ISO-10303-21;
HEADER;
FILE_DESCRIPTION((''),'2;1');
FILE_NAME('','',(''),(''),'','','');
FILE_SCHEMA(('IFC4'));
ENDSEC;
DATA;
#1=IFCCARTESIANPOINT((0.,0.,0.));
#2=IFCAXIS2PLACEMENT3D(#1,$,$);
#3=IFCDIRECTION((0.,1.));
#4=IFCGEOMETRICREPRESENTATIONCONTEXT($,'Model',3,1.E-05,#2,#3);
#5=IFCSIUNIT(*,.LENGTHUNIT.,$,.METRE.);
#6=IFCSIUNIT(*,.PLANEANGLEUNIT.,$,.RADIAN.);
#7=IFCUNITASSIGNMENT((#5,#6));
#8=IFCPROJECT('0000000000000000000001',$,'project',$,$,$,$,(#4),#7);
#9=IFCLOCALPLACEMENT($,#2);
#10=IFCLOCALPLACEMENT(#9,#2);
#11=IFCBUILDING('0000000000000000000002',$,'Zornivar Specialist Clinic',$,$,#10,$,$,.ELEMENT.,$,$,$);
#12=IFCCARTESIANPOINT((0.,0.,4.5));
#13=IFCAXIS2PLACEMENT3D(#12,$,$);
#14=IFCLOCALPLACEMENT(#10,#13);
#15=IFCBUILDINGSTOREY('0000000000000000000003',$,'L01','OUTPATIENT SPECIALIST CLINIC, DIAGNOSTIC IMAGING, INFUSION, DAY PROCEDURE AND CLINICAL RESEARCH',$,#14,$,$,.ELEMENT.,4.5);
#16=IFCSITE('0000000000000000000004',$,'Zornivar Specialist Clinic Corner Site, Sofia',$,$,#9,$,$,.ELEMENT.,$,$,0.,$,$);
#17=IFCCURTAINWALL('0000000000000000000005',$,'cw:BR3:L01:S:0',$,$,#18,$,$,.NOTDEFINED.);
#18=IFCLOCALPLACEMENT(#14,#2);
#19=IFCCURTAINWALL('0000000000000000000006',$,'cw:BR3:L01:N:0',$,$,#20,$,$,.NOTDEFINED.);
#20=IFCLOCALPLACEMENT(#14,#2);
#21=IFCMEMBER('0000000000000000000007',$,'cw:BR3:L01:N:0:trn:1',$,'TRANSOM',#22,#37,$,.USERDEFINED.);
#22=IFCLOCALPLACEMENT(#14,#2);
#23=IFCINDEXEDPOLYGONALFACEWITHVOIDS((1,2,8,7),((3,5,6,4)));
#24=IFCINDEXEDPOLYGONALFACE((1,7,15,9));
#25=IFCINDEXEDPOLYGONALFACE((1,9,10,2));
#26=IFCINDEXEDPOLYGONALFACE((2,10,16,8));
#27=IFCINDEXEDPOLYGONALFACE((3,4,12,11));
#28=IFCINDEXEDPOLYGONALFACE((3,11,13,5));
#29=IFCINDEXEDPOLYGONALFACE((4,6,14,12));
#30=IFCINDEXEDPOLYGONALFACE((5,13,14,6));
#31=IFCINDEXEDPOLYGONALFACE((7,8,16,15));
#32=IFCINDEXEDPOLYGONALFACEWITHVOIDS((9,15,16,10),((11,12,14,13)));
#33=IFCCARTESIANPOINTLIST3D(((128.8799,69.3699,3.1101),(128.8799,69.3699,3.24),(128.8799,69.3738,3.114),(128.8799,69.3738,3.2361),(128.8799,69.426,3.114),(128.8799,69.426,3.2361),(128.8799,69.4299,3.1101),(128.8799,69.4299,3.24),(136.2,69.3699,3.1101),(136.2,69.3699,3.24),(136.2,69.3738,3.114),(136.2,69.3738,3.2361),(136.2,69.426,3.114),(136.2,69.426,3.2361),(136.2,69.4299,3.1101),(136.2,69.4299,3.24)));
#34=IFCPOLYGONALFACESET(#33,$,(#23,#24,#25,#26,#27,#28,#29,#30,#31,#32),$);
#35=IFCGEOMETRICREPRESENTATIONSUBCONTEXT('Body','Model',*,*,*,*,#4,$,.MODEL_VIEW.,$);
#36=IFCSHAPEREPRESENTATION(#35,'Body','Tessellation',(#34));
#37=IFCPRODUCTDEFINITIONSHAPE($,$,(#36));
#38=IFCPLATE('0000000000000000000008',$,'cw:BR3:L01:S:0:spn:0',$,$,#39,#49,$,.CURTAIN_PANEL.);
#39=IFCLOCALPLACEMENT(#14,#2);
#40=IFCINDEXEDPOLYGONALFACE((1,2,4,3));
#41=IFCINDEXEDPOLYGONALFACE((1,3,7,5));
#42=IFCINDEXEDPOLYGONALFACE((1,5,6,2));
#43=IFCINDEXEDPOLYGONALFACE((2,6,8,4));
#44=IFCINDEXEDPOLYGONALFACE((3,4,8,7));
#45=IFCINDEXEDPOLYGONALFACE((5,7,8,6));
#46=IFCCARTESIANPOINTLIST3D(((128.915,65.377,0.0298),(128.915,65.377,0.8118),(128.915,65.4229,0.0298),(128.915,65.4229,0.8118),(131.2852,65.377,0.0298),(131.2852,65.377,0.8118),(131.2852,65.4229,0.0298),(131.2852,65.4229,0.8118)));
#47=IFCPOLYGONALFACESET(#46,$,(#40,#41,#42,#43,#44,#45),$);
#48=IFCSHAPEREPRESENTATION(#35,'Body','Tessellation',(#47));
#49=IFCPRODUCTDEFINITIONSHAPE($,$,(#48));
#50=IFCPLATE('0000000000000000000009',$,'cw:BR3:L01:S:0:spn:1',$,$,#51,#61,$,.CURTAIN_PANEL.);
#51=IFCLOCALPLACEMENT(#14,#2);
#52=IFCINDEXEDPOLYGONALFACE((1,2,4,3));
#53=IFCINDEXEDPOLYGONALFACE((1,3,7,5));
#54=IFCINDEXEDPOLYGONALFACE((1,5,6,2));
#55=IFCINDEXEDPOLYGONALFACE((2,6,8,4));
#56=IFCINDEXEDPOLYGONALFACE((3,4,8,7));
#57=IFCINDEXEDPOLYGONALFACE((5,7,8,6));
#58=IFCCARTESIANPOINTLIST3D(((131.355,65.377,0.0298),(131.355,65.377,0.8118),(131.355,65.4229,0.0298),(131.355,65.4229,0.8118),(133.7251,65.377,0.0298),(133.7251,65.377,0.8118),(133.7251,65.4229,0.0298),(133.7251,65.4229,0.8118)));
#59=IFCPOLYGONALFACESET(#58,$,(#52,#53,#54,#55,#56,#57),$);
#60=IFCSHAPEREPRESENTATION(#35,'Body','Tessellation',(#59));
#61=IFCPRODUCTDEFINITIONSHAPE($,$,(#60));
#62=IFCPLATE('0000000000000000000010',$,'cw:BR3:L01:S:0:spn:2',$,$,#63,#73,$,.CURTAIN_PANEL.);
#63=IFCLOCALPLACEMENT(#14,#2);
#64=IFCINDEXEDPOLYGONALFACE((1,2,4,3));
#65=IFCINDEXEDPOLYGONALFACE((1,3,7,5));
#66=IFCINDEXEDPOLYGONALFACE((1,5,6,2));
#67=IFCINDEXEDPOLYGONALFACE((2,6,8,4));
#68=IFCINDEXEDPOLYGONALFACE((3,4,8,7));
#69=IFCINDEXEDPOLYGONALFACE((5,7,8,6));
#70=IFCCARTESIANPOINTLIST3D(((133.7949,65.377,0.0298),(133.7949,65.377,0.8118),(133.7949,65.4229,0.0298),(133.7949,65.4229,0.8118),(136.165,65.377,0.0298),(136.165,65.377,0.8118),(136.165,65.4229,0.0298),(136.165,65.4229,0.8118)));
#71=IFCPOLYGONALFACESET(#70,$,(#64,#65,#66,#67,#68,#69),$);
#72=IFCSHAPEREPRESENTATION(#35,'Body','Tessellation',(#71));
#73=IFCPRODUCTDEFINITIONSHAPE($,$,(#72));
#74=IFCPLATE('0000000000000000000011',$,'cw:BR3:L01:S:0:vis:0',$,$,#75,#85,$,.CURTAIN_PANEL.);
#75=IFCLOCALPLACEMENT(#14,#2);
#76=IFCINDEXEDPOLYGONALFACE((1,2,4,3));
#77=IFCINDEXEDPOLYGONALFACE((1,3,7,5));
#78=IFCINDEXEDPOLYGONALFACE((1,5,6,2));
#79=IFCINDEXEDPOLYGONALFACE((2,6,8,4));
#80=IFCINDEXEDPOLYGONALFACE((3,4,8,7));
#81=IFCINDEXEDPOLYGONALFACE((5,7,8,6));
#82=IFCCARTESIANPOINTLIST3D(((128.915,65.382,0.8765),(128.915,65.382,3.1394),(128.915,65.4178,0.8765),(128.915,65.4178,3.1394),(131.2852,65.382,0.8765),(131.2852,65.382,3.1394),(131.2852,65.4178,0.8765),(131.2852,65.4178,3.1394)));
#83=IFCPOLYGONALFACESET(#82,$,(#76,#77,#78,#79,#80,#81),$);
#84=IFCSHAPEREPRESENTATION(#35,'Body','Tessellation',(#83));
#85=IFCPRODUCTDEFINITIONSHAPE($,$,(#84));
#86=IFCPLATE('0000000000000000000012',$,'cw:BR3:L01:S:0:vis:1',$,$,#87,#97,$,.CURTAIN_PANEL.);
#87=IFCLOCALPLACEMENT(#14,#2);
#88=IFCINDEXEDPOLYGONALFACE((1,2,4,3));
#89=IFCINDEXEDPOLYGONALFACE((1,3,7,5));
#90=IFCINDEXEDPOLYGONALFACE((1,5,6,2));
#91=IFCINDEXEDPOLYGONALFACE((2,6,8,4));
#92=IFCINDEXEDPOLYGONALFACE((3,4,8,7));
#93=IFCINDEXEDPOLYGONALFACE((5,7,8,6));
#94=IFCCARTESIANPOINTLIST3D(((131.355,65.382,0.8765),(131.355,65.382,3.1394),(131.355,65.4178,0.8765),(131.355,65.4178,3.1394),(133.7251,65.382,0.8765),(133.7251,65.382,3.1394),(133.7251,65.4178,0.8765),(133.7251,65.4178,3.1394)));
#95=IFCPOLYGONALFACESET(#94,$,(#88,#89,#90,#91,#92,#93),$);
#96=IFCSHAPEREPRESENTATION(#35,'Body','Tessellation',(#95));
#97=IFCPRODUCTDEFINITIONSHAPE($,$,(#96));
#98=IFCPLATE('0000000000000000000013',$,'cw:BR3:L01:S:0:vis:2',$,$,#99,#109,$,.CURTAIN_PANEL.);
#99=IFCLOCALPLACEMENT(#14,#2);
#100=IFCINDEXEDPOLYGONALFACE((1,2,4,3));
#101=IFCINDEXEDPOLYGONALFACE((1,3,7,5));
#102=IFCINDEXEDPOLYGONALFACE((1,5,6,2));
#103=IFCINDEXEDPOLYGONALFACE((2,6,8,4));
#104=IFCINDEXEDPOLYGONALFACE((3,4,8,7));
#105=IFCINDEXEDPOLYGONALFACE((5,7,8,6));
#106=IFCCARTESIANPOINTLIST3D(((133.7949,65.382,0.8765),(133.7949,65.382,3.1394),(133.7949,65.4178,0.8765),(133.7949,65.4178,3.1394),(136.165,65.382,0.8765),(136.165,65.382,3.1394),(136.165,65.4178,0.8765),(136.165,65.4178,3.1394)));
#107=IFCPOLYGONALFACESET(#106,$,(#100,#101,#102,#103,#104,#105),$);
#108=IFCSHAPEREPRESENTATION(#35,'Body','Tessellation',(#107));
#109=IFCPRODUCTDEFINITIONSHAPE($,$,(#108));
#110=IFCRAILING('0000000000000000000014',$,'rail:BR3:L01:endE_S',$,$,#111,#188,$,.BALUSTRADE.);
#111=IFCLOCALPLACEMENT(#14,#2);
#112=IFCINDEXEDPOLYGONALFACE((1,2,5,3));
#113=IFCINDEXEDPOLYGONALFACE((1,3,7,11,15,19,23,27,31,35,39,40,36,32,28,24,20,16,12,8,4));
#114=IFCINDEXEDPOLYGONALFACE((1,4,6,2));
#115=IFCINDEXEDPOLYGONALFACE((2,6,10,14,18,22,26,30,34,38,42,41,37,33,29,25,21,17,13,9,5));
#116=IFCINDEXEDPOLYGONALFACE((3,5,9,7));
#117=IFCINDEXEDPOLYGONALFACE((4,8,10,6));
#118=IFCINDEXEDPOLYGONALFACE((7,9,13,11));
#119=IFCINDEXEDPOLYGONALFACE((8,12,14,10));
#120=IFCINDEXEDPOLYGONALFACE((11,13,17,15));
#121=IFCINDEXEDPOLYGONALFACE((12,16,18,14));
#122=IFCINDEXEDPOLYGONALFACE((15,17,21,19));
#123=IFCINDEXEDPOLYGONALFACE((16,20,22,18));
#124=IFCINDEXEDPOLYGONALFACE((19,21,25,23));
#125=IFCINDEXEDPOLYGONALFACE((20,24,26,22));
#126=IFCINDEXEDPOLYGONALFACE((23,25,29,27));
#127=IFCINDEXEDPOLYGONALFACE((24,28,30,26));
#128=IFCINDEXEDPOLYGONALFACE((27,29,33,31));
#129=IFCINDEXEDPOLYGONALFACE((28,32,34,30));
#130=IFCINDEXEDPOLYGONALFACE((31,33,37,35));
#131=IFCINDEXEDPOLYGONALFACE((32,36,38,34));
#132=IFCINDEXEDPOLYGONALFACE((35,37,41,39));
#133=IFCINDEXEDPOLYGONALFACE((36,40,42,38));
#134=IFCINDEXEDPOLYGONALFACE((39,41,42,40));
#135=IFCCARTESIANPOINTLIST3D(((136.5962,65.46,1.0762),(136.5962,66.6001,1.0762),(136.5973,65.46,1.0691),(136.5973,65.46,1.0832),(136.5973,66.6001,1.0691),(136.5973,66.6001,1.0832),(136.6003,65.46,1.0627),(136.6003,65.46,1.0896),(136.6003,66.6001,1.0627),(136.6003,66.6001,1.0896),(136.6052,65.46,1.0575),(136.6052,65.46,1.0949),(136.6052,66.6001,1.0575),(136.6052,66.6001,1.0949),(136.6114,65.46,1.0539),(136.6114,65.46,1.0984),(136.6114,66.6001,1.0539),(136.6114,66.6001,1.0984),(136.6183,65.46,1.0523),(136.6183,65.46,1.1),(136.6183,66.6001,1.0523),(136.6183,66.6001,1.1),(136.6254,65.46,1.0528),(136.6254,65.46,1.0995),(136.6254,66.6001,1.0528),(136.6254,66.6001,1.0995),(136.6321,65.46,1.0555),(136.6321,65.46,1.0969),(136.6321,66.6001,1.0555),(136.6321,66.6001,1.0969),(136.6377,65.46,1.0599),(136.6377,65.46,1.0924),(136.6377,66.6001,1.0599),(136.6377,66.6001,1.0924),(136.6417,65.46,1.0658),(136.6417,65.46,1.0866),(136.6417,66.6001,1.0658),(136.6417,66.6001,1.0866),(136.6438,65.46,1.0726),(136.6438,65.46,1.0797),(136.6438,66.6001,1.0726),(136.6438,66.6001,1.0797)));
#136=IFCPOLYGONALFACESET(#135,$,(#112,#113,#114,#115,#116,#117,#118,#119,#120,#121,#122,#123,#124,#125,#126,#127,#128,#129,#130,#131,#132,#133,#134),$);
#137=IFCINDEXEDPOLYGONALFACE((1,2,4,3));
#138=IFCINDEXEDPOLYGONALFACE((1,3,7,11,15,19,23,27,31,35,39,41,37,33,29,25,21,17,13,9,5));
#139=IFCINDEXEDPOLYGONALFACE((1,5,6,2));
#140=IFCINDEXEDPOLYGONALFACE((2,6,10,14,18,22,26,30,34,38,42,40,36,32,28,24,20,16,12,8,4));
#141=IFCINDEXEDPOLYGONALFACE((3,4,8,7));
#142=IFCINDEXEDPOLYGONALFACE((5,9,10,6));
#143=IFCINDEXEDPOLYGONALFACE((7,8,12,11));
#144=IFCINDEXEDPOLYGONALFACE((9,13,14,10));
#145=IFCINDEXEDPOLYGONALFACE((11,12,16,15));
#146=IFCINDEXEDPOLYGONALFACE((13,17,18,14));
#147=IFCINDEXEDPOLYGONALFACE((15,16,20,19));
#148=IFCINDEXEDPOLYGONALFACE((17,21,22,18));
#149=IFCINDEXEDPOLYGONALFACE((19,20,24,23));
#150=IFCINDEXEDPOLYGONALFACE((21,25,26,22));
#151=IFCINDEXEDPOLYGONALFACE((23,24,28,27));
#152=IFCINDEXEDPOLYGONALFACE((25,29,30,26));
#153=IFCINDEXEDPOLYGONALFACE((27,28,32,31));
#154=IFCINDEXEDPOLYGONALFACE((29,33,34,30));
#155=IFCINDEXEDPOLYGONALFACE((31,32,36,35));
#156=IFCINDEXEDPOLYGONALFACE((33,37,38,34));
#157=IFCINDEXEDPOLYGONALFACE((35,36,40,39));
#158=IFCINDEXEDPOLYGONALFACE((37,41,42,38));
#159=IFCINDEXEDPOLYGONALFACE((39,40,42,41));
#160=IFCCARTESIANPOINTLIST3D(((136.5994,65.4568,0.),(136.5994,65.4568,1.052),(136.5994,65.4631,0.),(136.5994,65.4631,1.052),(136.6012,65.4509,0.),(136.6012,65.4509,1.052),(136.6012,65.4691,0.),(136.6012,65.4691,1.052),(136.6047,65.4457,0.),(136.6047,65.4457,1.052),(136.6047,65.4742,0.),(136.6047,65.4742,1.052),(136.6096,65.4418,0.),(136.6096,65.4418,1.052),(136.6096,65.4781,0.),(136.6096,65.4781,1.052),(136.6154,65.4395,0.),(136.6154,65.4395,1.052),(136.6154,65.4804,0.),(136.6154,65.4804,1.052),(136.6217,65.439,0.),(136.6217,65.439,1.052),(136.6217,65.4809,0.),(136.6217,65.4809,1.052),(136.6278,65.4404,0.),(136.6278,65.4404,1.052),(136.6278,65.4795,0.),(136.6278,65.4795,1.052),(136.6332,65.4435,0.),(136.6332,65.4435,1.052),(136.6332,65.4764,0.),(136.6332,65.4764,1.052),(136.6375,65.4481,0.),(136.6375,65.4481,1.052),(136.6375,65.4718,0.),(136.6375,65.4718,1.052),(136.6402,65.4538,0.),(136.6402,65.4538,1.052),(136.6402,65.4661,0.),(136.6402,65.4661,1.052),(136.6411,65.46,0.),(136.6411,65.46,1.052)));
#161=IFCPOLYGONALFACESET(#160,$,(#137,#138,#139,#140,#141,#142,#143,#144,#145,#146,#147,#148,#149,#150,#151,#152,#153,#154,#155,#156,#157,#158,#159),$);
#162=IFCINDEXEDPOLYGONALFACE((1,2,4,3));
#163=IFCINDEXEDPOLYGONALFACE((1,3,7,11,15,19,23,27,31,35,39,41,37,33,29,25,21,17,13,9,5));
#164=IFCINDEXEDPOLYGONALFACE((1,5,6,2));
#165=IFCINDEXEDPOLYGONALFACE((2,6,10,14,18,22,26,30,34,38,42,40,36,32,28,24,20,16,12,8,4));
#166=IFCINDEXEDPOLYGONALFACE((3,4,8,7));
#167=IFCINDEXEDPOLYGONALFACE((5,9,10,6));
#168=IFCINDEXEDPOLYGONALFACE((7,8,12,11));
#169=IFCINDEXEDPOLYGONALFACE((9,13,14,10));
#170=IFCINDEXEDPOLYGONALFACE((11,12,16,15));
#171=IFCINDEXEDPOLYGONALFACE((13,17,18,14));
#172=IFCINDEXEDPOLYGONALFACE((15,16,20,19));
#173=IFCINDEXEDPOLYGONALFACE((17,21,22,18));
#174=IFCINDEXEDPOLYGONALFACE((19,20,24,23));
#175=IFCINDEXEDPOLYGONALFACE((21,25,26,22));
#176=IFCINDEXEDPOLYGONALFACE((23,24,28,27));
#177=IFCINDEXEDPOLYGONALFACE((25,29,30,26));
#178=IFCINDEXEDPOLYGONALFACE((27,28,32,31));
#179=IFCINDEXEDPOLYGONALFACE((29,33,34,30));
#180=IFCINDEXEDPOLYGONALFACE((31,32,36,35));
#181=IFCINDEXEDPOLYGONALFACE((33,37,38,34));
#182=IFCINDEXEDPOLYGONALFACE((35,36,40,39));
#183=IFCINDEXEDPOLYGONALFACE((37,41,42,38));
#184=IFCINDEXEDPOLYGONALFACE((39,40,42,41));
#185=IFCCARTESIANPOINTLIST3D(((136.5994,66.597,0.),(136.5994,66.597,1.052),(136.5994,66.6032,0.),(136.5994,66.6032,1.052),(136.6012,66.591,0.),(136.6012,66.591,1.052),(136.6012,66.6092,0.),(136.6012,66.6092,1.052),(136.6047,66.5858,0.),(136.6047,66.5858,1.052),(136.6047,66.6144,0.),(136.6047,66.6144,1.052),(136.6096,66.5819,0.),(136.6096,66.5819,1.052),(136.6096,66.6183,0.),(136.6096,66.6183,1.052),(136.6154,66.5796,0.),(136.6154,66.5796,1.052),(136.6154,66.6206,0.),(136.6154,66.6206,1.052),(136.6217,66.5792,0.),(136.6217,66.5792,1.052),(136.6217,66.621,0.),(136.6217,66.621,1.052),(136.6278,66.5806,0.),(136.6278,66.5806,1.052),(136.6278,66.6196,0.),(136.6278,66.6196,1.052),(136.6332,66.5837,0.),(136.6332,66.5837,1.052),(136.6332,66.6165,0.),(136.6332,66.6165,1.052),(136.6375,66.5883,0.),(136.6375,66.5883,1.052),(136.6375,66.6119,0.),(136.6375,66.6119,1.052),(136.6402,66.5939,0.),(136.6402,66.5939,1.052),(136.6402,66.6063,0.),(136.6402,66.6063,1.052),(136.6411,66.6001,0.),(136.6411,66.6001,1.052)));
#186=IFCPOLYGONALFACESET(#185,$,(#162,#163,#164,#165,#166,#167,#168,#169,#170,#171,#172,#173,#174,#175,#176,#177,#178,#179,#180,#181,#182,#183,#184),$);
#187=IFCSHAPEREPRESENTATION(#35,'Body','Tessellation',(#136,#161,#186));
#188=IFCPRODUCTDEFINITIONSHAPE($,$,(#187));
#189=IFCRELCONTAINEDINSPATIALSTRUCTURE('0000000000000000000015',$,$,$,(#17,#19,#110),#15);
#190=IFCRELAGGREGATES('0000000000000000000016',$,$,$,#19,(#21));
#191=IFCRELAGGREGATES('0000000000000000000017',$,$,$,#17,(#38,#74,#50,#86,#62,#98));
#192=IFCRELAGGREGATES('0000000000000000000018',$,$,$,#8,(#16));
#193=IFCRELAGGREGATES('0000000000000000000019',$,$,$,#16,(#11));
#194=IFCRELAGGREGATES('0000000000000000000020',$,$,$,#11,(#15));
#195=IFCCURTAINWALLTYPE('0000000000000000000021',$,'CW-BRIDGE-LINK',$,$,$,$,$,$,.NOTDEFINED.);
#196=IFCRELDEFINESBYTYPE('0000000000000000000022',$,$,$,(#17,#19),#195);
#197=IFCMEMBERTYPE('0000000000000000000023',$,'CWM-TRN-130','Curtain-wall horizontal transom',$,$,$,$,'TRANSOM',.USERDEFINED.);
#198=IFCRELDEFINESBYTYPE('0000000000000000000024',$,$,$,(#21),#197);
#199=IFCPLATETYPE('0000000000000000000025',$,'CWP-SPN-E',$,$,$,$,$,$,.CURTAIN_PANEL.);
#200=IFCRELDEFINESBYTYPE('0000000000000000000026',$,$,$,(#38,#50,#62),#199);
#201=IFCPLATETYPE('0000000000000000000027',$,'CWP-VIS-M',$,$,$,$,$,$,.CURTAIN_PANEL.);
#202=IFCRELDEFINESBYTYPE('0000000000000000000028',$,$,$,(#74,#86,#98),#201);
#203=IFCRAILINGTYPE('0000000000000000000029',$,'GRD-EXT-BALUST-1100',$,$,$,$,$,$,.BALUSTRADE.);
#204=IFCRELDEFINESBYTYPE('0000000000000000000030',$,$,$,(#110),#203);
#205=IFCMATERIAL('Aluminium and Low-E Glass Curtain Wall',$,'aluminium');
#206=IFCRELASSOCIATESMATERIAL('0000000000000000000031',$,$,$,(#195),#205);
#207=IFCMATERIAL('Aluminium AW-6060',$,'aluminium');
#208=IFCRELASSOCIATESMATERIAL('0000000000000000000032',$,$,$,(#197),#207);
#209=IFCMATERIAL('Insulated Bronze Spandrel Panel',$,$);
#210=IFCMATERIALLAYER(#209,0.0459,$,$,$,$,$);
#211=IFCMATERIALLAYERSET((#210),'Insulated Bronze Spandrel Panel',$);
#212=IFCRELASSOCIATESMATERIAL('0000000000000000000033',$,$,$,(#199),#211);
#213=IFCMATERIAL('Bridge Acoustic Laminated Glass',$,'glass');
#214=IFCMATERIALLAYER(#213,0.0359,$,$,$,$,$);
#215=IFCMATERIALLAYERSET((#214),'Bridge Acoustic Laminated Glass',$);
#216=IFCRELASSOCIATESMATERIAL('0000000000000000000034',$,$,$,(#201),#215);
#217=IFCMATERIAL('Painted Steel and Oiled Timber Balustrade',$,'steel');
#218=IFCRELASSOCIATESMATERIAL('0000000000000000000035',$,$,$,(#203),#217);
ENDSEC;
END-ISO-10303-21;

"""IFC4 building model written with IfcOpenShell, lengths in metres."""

from ifc_helpers import new_model, si_unit, direction, frame, origin, origin_2d, place, context, subcontext, project, spatial, rectangle, hollow_rectangle, circle, extrude, material, layer, layer_set, material_profile, profile_set, type_object, element, aggregate, save


model = new_model("IFC4")

# Units and contexts
model_context = context("Model", 3, precision=1e-05, world=origin(), true_north=direction((0.0, 1.0)))
body_context = subcontext(model_context, "Body", "Model", "MODEL_VIEW")
ifc_project = project(units=[si_unit("LENGTHUNIT", "METRE"), si_unit("PLANEANGLEUNIT", "RADIAN")], contexts=[model_context])

# Site, building, storey
site_placement = place(None, origin())
site = spatial("IfcSite", under=ifc_project, at=site_placement, Name="Zornivar Specialist Clinic Corner Site, Sofia", CompositionType="ELEMENT", RefElevation=0.0)
building_placement = place(site_placement, origin())
building = spatial("IfcBuilding", under=site, at=building_placement, Name="Zornivar Specialist Clinic", CompositionType="ELEMENT")
storey_placement = place(building_placement, frame((0.0, 0.0, 4.5)))
storey = spatial("IfcBuildingStorey", under=building, at=storey_placement, Name="L01", Description="OUTPATIENT SPECIALIST CLINIC, DIAGNOSTIC IMAGING, INFUSION, DAY PROCEDURE AND CLINICAL RESEARCH", CompositionType="ELEMENT", Elevation=4.5)

# Curtain wall
ifc_material_1 = material(Name="Aluminium and Low-E Glass Curtain Wall", Category="aluminium")
curtain_wall_type = type_object("IfcCurtainWallType", Name="CW-BRIDGE-LINK", PredefinedType="NOTDEFINED", material=ifc_material_1)
curtain_wall_1_placement = place(storey_placement, origin())
curtain_wall_1 = element("IfcCurtainWall", 1, at=curtain_wall_1_placement, inside=storey, type_object=curtain_wall_type, Name="cw:BR3:L01:S:0", PredefinedType="NOTDEFINED")

# Curtain wall
curtain_wall_2_placement = place(storey_placement, origin())
curtain_wall_2 = element("IfcCurtainWall", 2, at=curtain_wall_2_placement, inside=storey, type_object=curtain_wall_type, Name="cw:BR3:L01:N:0", PredefinedType="NOTDEFINED")

# Member
ifc_material_2 = material(Name="Aluminium AW-6060", Category="aluminium")
ifc_material_profile_1 = material_profile(ifc_material_2, hollow_rectangle(XDim=0.0601, YDim=0.1299, WallThickness=0.0039, at=origin_2d()), Name="ALU 60x130x4")
ifc_profile_set_1 = profile_set([ifc_material_profile_1], Name="Aluminium AW-6060")
member_type_1 = type_object("IfcMemberType", Name="CWM-TRN-130", Description="Curtain-wall horizontal transom", ElementType="TRANSOM", PredefinedType="USERDEFINED", material=ifc_profile_set_1)
member_1_placement = place(storey_placement, frame((128.8799, 69.3999, 3.175), z_axis=(1.0, 0.0, 0.0), x_axis=(0.0, 1.0, 0.0)))
member_1 = element("IfcMember", 3, at=member_1_placement, type_object=member_type_1, Name="cw:BR3:L01:N:0:trn:1", ObjectType="TRANSOM", PredefinedType="USERDEFINED", context=body_context, shape_type="SweptSolid", body=[
    extrude(hollow_rectangle(XDim=0.0601, YDim=0.1299, WallThickness=0.0039, at=origin_2d()), origin(), (0.0, 0.0, 1.0), 7.3201),
])
aggregate(curtain_wall_2, [member_1])

# Plates
ifc_material_3 = material(Name="Insulated Bronze Spandrel Panel")
ifc_layer_1 = layer(ifc_material_3, 0.0459)
ifc_layer_set_1 = layer_set([ifc_layer_1], Name="Insulated Bronze Spandrel Panel")
plate_type_1 = type_object("IfcPlateType", Name="CWP-SPN-E", PredefinedType="CURTAIN_PANEL", material=ifc_layer_set_1)
plate_1_placement = place(storey_placement, frame((130.1001, 65.3999, 0.0298), z_axis=(0.0, 0.0, 1.0), x_axis=(1.0, 0.0, 0.0)))
plate_1 = element("IfcPlate", 4, at=plate_1_placement, type_object=plate_type_1, Name="cw:BR3:L01:S:0:spn:0", PredefinedType="CURTAIN_PANEL", context=body_context, shape_type="SweptSolid", body=[
    extrude(rectangle(XDim=2.3701, YDim=0.0459, at=origin_2d()), origin(), (0.0, 0.0, 1.0), 0.782),
])
plate_2_placement = place(storey_placement, frame((132.54, 65.3999, 0.0298), z_axis=(0.0, 0.0, 1.0), x_axis=(1.0, 0.0, 0.0)))
plate_2 = element("IfcPlate", 5, at=plate_2_placement, type_object=plate_type_1, Name="cw:BR3:L01:S:0:spn:1", PredefinedType="CURTAIN_PANEL", context=body_context, shape_type="SweptSolid", body=[
    extrude(rectangle(XDim=2.3701, YDim=0.0459, at=origin_2d()), origin(), (0.0, 0.0, 1.0), 0.782),
])
plate_3_placement = place(storey_placement, frame((134.98, 65.3999, 0.0298), z_axis=(0.0, 0.0, 1.0), x_axis=(1.0, 0.0, 0.0)))
plate_3 = element("IfcPlate", 6, at=plate_3_placement, type_object=plate_type_1, Name="cw:BR3:L01:S:0:spn:2", PredefinedType="CURTAIN_PANEL", context=body_context, shape_type="SweptSolid", body=[
    extrude(rectangle(XDim=2.3701, YDim=0.0459, at=origin_2d()), origin(), (0.0, 0.0, 1.0), 0.782),
])
ifc_material_4 = material(Name="Bridge Acoustic Laminated Glass", Category="glass")
ifc_layer_2 = layer(ifc_material_4, 0.0359)
ifc_layer_set_2 = layer_set([ifc_layer_2], Name="Bridge Acoustic Laminated Glass")
plate_type_2 = type_object("IfcPlateType", Name="CWP-VIS-M", PredefinedType="CURTAIN_PANEL", material=ifc_layer_set_2)
plate_4_placement = place(storey_placement, frame((130.1001, 65.3999, 0.8765), z_axis=(0.0, 0.0, 1.0), x_axis=(1.0, 0.0, 0.0)))
plate_4 = element("IfcPlate", 7, at=plate_4_placement, type_object=plate_type_2, Name="cw:BR3:L01:S:0:vis:0", PredefinedType="CURTAIN_PANEL", context=body_context, shape_type="SweptSolid", body=[
    extrude(rectangle(XDim=2.3701, YDim=0.0359, at=origin_2d()), origin(), (0.0, 0.0, 1.0), 2.2629),
])
plate_5_placement = place(storey_placement, frame((132.54, 65.3999, 0.8765), z_axis=(0.0, 0.0, 1.0), x_axis=(1.0, 0.0, 0.0)))
plate_5 = element("IfcPlate", 8, at=plate_5_placement, type_object=plate_type_2, Name="cw:BR3:L01:S:0:vis:1", PredefinedType="CURTAIN_PANEL", context=body_context, shape_type="SweptSolid", body=[
    extrude(rectangle(XDim=2.3701, YDim=0.0359, at=origin_2d()), origin(), (0.0, 0.0, 1.0), 2.2629),
])
plate_6_placement = place(storey_placement, frame((134.98, 65.3999, 0.8765), z_axis=(0.0, 0.0, 1.0), x_axis=(1.0, 0.0, 0.0)))
plate_6 = element("IfcPlate", 9, at=plate_6_placement, type_object=plate_type_2, Name="cw:BR3:L01:S:0:vis:2", PredefinedType="CURTAIN_PANEL", context=body_context, shape_type="SweptSolid", body=[
    extrude(rectangle(XDim=2.3701, YDim=0.0359, at=origin_2d()), origin(), (0.0, 0.0, 1.0), 2.2629),
])
aggregate(curtain_wall_1, [plate_1, plate_4, plate_2, plate_5, plate_3, plate_6])

# Railing
ifc_material_5 = material(Name="Painted Steel and Oiled Timber Balustrade", Category="steel")
railing_type = type_object("IfcRailingType", Name="GRD-EXT-BALUST-1100", PredefinedType="BALUSTRADE", material=ifc_material_5)
for number, where, name in (
    (10, (136.6201, 65.46, 0.0), "rail:BR3:L01:endE_S"),
):
    element("IfcRailing", number, at=place(storey_placement, frame(where)), inside=storey, type_object=railing_type, Name=name, PredefinedType="BALUSTRADE", context=body_context, shape_type="SweptSolid", body=[
        extrude(circle(Radius=0.0239, at=origin_2d()), frame((0.0, 0.0, 1.0762), z_axis=(0.0, 1.0, 0.0), x_axis=(-1.0, 0.0, 0.0)), (0.0, 0.0, 1.0), 1.1401),
        extrude(circle(Radius=0.021, at=origin_2d()), origin(), (0.0, 0.0, 1.0), 1.052),
        extrude(circle(Radius=0.021, at=origin_2d()), frame((0.0, 1.1401, 0.0)), (0.0, 0.0, 1.0), 1.052),
    ])

save(model, "model.ifc")
